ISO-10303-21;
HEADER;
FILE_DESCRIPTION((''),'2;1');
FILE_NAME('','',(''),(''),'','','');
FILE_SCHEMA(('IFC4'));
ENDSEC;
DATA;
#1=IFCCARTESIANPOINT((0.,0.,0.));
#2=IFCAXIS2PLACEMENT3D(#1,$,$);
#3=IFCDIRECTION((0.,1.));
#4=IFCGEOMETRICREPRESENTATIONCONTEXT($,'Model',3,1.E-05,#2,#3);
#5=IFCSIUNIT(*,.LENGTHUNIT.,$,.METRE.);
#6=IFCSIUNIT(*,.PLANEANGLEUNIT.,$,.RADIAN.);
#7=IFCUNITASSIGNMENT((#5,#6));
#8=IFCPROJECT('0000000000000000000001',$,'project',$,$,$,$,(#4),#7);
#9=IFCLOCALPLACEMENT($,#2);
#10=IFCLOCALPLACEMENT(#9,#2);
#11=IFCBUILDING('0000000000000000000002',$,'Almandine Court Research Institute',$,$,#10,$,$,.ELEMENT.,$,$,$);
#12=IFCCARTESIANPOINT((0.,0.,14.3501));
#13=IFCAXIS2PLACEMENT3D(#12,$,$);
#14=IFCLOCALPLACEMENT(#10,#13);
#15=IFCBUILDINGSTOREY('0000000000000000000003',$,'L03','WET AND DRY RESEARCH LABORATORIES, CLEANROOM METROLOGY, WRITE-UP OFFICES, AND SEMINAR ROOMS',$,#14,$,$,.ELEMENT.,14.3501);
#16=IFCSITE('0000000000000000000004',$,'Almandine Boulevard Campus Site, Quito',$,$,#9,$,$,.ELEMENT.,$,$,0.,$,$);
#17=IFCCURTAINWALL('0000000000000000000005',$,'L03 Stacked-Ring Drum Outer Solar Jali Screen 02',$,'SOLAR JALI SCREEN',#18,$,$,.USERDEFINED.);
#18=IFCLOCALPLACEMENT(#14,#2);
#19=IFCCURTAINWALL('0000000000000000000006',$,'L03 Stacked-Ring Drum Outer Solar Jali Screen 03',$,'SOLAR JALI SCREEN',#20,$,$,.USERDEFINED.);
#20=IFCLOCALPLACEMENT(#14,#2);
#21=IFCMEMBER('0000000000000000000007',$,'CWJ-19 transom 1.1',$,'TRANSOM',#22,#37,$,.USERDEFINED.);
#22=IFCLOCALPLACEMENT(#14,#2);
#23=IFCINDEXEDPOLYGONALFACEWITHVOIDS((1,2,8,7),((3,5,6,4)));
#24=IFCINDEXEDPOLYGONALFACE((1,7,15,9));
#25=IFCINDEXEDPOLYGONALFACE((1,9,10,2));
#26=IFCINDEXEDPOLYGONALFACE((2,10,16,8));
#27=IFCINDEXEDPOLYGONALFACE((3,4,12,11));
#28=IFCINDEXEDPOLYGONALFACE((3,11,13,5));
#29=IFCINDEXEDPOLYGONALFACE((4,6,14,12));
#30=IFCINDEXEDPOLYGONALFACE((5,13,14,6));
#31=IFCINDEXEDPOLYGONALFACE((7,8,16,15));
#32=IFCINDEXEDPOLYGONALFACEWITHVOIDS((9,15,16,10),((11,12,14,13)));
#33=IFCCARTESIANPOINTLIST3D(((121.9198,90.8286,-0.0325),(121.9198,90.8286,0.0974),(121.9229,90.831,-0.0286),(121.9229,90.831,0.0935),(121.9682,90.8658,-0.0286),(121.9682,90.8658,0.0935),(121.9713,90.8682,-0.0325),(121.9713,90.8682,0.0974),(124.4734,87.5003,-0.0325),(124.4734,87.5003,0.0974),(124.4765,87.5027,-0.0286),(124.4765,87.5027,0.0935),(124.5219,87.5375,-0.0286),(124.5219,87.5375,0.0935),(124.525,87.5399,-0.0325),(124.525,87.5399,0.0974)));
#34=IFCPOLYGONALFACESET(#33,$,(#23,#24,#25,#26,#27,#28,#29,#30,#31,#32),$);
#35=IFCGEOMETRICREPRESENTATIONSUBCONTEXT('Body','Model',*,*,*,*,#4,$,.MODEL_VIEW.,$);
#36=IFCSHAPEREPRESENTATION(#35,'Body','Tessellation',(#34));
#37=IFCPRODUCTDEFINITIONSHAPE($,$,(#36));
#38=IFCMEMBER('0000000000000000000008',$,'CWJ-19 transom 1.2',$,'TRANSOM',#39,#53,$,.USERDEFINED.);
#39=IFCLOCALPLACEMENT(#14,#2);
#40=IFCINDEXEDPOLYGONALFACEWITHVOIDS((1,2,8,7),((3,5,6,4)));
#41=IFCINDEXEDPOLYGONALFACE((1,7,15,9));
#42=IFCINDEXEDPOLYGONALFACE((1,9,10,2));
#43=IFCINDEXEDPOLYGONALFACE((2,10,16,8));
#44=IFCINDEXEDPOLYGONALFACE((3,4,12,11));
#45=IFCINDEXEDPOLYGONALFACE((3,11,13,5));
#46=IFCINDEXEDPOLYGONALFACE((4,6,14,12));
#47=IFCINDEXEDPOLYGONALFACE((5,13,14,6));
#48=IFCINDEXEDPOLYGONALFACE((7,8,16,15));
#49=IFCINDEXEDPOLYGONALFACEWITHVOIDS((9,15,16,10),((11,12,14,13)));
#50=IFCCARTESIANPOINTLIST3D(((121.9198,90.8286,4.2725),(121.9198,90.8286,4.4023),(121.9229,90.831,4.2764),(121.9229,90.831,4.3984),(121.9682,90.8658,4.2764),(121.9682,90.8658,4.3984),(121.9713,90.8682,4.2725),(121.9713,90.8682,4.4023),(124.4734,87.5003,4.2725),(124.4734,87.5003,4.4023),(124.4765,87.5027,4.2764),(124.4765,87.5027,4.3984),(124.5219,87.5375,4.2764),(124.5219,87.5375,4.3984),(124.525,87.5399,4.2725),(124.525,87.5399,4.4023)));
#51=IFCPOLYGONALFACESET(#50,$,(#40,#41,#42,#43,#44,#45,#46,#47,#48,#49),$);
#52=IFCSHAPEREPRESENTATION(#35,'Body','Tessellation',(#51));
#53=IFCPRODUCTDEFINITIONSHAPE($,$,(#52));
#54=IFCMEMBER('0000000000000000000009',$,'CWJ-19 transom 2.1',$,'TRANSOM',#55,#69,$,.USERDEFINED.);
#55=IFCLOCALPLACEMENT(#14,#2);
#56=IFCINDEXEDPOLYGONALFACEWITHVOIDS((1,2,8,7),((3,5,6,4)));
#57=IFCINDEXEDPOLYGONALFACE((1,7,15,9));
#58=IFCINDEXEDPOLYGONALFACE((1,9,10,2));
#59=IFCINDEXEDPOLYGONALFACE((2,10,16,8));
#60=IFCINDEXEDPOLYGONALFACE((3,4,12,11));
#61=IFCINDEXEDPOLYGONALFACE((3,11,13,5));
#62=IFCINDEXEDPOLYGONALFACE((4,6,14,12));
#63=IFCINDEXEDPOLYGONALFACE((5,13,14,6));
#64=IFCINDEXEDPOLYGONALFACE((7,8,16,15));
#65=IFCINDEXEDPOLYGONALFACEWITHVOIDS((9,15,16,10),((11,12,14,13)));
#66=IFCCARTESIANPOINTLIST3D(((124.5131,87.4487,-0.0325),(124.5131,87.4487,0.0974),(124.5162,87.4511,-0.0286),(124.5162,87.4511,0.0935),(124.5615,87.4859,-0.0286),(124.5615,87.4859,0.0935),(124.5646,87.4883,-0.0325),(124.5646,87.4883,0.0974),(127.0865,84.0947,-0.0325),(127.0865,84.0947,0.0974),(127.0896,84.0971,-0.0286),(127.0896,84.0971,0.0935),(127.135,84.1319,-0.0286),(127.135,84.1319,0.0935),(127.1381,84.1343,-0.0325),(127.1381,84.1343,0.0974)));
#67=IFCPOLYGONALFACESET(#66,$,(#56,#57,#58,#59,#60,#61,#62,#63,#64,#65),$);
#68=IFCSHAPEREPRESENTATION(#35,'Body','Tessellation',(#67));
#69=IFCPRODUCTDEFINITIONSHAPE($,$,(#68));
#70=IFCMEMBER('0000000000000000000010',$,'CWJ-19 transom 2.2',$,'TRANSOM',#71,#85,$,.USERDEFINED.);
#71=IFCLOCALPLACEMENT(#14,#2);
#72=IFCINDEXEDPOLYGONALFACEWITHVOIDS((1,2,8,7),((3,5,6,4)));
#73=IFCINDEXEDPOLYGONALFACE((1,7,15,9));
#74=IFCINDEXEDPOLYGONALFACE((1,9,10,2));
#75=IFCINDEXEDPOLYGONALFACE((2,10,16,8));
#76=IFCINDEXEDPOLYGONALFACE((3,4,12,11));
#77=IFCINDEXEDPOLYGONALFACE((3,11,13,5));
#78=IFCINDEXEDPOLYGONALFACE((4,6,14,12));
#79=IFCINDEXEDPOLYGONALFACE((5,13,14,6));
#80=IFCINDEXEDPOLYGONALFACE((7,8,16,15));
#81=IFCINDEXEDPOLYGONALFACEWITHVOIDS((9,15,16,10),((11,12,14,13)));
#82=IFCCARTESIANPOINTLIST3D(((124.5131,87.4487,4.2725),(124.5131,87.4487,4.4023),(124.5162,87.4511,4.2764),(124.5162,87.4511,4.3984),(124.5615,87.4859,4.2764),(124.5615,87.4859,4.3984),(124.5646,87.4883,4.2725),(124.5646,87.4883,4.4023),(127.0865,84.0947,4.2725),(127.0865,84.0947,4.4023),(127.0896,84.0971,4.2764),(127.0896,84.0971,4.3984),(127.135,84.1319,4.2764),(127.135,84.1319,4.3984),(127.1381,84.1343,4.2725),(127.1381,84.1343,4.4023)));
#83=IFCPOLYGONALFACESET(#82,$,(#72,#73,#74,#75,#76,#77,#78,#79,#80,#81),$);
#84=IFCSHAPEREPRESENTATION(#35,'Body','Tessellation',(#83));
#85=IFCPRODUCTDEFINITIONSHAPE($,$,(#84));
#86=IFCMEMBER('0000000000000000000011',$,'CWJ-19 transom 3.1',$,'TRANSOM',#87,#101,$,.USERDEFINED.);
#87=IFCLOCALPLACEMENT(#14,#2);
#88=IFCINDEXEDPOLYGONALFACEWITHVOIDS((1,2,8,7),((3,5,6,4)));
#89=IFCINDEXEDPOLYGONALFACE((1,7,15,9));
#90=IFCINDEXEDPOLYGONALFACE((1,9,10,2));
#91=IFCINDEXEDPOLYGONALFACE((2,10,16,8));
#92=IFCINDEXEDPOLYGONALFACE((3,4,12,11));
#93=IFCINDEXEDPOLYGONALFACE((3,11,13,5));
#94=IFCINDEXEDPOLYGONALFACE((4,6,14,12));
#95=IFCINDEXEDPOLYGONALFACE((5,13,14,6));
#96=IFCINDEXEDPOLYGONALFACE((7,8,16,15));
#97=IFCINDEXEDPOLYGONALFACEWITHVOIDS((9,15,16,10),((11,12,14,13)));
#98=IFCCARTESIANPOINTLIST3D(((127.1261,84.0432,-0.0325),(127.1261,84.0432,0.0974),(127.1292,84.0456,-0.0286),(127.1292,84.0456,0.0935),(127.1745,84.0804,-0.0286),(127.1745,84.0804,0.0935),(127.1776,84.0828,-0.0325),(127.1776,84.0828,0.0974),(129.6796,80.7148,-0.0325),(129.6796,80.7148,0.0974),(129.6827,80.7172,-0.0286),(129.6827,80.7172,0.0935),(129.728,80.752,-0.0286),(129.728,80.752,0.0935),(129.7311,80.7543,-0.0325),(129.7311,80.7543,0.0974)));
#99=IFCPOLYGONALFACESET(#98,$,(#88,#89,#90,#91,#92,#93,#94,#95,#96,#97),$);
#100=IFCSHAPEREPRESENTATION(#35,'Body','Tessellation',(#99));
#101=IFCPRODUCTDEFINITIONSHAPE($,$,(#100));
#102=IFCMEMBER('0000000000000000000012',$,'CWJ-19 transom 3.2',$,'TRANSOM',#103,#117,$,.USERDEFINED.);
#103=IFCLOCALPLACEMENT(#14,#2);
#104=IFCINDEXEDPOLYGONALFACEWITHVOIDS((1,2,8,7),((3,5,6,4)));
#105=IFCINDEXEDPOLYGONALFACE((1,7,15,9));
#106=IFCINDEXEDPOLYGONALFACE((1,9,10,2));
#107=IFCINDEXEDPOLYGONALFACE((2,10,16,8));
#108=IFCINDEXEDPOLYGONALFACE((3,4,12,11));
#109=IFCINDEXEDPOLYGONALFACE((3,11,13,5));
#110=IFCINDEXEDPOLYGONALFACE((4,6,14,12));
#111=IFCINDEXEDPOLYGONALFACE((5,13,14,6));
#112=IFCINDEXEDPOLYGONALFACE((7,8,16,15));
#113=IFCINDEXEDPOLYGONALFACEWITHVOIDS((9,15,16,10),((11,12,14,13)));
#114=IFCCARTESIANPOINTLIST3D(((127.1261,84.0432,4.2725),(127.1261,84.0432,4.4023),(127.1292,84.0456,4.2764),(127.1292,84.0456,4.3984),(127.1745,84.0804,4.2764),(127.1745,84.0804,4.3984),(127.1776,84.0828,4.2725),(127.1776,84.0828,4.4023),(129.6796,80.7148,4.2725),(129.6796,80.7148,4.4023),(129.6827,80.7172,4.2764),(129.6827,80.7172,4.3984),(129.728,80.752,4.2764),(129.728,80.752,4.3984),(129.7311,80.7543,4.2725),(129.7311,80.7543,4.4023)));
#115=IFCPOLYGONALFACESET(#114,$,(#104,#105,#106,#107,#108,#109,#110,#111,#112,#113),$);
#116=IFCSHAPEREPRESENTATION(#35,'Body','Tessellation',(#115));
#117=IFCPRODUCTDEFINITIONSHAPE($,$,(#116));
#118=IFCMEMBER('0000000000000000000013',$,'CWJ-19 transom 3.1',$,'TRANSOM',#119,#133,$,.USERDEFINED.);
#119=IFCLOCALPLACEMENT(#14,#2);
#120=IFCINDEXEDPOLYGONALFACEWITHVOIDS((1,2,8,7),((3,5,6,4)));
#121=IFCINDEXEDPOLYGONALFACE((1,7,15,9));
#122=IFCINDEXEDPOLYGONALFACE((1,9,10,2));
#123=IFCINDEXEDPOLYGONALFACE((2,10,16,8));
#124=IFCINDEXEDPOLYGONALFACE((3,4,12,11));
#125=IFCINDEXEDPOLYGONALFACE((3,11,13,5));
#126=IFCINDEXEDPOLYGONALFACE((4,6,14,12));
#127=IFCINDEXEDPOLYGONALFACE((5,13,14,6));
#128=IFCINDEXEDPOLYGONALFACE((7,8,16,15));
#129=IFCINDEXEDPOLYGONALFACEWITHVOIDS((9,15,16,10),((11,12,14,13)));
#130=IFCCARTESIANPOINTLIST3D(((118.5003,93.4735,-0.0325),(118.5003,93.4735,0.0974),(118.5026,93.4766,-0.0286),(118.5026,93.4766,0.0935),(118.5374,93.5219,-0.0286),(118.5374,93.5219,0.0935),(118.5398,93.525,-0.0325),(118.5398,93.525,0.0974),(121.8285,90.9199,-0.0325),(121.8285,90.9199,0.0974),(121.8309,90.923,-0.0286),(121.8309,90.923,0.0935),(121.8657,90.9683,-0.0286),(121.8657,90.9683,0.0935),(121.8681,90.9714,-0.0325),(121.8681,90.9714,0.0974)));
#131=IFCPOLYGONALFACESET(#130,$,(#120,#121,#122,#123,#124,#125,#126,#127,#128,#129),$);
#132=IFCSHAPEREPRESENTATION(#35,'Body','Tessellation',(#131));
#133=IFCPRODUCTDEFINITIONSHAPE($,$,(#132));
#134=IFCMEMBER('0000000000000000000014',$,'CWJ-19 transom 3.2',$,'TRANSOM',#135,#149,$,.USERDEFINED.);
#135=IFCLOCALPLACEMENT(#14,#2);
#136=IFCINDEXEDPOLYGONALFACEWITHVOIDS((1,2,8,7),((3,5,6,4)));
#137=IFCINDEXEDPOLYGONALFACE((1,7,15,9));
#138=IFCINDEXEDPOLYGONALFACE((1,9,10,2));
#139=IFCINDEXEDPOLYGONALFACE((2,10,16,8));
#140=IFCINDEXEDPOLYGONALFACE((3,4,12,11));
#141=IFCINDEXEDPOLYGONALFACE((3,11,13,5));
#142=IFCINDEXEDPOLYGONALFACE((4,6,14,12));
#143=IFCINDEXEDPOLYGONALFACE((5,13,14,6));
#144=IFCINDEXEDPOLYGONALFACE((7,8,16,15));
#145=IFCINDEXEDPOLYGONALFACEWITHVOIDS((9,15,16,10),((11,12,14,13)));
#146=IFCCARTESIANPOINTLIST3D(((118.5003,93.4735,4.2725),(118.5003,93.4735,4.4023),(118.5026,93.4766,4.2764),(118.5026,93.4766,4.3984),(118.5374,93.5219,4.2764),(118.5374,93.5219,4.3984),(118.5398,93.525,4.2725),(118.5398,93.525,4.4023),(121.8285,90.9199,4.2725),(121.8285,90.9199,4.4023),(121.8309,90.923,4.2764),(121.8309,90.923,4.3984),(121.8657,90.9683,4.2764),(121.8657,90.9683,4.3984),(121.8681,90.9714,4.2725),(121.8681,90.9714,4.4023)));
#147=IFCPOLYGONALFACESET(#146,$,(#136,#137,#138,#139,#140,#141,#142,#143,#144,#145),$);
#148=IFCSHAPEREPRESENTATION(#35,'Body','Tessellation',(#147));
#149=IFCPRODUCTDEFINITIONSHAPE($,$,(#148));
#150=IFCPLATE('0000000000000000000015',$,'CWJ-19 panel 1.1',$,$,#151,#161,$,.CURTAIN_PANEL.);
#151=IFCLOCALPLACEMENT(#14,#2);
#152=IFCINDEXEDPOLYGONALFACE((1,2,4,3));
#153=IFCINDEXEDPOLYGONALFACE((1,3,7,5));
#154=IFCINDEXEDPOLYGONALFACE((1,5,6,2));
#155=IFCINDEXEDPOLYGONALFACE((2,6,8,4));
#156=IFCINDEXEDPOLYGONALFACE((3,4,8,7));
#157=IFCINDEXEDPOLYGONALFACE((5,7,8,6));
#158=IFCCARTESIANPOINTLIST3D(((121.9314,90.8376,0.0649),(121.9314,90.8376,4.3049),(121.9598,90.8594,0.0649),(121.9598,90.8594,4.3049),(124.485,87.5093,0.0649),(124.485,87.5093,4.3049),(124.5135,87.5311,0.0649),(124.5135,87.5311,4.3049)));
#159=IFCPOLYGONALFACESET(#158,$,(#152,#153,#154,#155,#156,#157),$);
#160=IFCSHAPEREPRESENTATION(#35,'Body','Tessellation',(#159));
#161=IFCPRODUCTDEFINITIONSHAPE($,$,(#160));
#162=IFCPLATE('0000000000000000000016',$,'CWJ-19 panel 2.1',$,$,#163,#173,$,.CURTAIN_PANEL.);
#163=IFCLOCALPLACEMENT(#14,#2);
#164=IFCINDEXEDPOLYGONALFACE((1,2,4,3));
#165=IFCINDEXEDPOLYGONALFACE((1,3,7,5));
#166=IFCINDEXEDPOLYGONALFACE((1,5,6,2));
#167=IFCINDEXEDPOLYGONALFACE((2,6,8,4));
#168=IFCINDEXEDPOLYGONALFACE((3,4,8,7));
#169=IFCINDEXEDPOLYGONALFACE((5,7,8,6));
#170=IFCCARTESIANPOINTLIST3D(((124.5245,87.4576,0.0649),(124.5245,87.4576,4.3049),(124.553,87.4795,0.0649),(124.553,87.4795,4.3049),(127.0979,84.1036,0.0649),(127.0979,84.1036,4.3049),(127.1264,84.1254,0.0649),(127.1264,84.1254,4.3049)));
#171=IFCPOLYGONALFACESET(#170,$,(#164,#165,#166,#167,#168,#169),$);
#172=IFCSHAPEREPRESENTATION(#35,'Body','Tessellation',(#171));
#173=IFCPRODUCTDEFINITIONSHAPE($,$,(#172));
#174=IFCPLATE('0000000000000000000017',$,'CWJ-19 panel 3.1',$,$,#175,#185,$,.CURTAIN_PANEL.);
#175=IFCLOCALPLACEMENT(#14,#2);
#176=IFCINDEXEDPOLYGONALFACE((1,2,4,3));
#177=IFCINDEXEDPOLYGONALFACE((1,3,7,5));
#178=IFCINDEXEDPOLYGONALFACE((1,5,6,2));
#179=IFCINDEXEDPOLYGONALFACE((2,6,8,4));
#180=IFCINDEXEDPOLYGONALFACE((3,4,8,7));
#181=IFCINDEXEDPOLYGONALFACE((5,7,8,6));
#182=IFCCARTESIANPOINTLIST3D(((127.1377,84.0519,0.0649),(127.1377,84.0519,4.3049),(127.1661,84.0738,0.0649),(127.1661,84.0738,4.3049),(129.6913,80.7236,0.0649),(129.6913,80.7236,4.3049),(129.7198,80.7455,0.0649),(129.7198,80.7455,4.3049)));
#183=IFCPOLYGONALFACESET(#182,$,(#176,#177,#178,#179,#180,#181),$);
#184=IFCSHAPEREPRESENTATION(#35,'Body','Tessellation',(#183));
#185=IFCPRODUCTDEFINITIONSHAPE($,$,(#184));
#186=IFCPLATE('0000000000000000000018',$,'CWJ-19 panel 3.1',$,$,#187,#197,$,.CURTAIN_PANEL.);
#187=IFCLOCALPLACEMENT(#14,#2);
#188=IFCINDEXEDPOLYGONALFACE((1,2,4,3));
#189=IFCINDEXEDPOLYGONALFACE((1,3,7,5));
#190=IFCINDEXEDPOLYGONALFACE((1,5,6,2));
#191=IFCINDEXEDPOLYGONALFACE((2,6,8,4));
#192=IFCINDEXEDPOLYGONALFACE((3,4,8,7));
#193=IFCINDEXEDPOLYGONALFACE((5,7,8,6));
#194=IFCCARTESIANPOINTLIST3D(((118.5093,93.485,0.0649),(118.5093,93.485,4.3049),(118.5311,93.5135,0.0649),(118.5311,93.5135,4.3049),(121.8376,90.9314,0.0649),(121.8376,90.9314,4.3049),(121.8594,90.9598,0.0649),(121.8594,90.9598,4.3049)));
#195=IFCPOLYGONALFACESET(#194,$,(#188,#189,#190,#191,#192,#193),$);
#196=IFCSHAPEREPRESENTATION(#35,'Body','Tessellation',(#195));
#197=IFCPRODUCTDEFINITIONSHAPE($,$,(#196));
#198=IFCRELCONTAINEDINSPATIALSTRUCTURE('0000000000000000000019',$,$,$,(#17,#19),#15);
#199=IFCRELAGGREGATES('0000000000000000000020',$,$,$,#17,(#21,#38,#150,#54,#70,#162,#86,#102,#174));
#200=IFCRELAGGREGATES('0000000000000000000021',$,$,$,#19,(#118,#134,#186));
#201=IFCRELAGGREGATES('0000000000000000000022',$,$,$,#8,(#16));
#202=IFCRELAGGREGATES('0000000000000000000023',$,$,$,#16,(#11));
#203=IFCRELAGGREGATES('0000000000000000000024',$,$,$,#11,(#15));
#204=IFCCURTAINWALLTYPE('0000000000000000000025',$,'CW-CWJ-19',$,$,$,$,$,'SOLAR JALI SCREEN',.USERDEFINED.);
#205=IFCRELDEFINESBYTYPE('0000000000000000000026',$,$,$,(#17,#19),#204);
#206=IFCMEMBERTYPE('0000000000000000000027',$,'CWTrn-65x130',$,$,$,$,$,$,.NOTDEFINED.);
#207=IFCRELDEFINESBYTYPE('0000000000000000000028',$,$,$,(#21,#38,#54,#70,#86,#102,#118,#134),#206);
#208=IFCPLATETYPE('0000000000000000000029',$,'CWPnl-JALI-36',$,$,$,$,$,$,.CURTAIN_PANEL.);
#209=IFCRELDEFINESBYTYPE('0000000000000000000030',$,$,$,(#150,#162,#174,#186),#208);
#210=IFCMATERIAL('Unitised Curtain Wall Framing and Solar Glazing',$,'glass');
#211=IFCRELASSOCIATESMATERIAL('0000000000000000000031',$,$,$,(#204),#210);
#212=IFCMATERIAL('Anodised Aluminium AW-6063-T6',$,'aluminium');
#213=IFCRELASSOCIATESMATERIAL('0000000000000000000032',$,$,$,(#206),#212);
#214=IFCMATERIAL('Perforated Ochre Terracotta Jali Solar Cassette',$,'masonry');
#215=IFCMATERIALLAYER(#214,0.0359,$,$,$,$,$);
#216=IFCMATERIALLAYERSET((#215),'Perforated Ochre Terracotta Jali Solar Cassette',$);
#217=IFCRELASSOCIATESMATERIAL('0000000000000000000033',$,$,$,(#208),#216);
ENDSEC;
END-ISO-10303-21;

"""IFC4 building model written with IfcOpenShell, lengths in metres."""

from ifc_helpers import new_model, si_unit, direction, frame, origin, origin_2d, place, context, subcontext, project, spatial, rectangle, hollow_rectangle, extrude, material, layer, layer_set, material_profile, profile_set, type_object, element, aggregate, save


model = new_model("IFC4")

# Units and contexts
model_context = context("Model", 3, precision=1e-05, world=origin(), true_north=direction((0.0, 1.0)))
body_context = subcontext(model_context, "Body", "Model", "MODEL_VIEW")
ifc_project = project(units=[si_unit("LENGTHUNIT", "METRE"), si_unit("PLANEANGLEUNIT", "RADIAN")], contexts=[model_context])

# Site, building, storey
site_placement = place(None, origin())
site = spatial("IfcSite", under=ifc_project, at=site_placement, Name="Almandine Boulevard Campus Site, Quito", CompositionType="ELEMENT", RefElevation=0.0)
building_placement = place(site_placement, origin())
building = spatial("IfcBuilding", under=site, at=building_placement, Name="Almandine Court Research Institute", CompositionType="ELEMENT")
storey_placement = place(building_placement, frame((0.0, 0.0, 14.3501)))
storey = spatial("IfcBuildingStorey", under=building, at=storey_placement, Name="L03", Description="WET AND DRY RESEARCH LABORATORIES, CLEANROOM METROLOGY, WRITE-UP OFFICES, AND SEMINAR ROOMS", CompositionType="ELEMENT", Elevation=14.3501)

# Shared definitions
ifc_material_1 = material(Name="Unitised Curtain Wall Framing and Solar Glazing", Category="glass")
curtain_wall_type = type_object("IfcCurtainWallType", Name="CW-CWJ-19", ElementType="SOLAR JALI SCREEN", PredefinedType="USERDEFINED", material=ifc_material_1)
ifc_material_2 = material(Name="Anodised Aluminium AW-6063-T6", Category="aluminium")

# Curtain walls
curtain_wall_1_placement = place(storey_placement, origin())
curtain_wall_1 = element("IfcCurtainWall", 1, at=curtain_wall_1_placement, inside=storey, type_object=curtain_wall_type, Name="L03 Stacked-Ring Drum Outer Solar Jali Screen 02", ObjectType="SOLAR JALI SCREEN", PredefinedType="USERDEFINED")
curtain_wall_2_placement = place(storey_placement, origin())
curtain_wall_2 = element("IfcCurtainWall", 2, at=curtain_wall_2_placement, inside=storey, type_object=curtain_wall_type, Name="L03 Stacked-Ring Drum Outer Solar Jali Screen 03", ObjectType="SOLAR JALI SCREEN", PredefinedType="USERDEFINED")

# Members
ifc_material_profile_1 = material_profile(ifc_material_2, hollow_rectangle(XDim=0.0649, YDim=0.1299, WallThickness=0.0039, at=origin_2d()), Name="ALU RHS 65x130x4")
ifc_profile_set_1 = profile_set([ifc_material_profile_1], Name="Anodised Aluminium AW-6063-T6")
member_type_1 = type_object("IfcMemberType", Name="CWTrn-65x130", PredefinedType="NOTDEFINED", material=ifc_profile_set_1)
member_1_placement = place(storey_placement, frame((121.9456, 90.8484, 0.0325), z_axis=(0.608726, -0.793381, 0.0), x_axis=(0.793381, 0.608726, 0.0)))
member_1 = element("IfcMember", 3, at=member_1_placement, type_object=member_type_1, Name="CWJ-19 transom 1.1", ObjectType="TRANSOM", PredefinedType="USERDEFINED", context=body_context, shape_type="SweptSolid", body=[
    extrude(hollow_rectangle(XDim=0.0649, YDim=0.1299, WallThickness=0.0039, at=origin_2d()), origin(), (0.0, 0.0, 1.0), 4.1951),
])
member_2_placement = place(storey_placement, frame((121.9456, 90.8484, 4.3374), z_axis=(0.608726, -0.793381, 0.0), x_axis=(0.793381, 0.608726, 0.0)))
member_2 = element("IfcMember", 4, at=member_2_placement, type_object=member_type_1, Name="CWJ-19 transom 1.2", ObjectType="TRANSOM", PredefinedType="USERDEFINED", context=body_context, shape_type="SweptSolid", body=[
    extrude(hollow_rectangle(XDim=0.0649, YDim=0.1299, WallThickness=0.0039, at=origin_2d()), origin(), (0.0, 0.0, 1.0), 4.1951),
])
member_3_placement = place(storey_placement, frame((124.5388, 87.4685, 0.0325), z_axis=(0.608742, -0.793368, 0.0), x_axis=(0.793368, 0.608742, 0.0)))
member_3 = element("IfcMember", 5, at=member_3_placement, type_object=member_type_1, Name="CWJ-19 transom 2.1", ObjectType="TRANSOM", PredefinedType="USERDEFINED", context=body_context, shape_type="SweptSolid", body=[
    extrude(hollow_rectangle(XDim=0.0649, YDim=0.1299, WallThickness=0.0039, at=origin_2d()), origin(), (0.0, 0.0, 1.0), 4.2275),
])
member_4_placement = place(storey_placement, frame((124.5388, 87.4685, 4.3374), z_axis=(0.608742, -0.793368, 0.0), x_axis=(0.793368, 0.608742, 0.0)))
member_4 = element("IfcMember", 6, at=member_4_placement, type_object=member_type_1, Name="CWJ-19 transom 2.2", ObjectType="TRANSOM", PredefinedType="USERDEFINED", context=body_context, shape_type="SweptSolid", body=[
    extrude(hollow_rectangle(XDim=0.0649, YDim=0.1299, WallThickness=0.0039, at=origin_2d()), origin(), (0.0, 0.0, 1.0), 4.2275),
])
member_5_placement = place(storey_placement, frame((127.1519, 84.063, 0.0325), z_axis=(0.608689, -0.793409, 0.0), x_axis=(0.793409, 0.608689, 0.0)))
member_5 = element("IfcMember", 7, at=member_5_placement, type_object=member_type_1, Name="CWJ-19 transom 3.1", ObjectType="TRANSOM", PredefinedType="USERDEFINED", context=body_context, shape_type="SweptSolid", body=[
    extrude(hollow_rectangle(XDim=0.0649, YDim=0.1299, WallThickness=0.0039, at=origin_2d()), origin(), (0.0, 0.0, 1.0), 4.1951),
])
member_6_placement = place(storey_placement, frame((127.1519, 84.063, 4.3374), z_axis=(0.608689, -0.793409, 0.0), x_axis=(0.793409, 0.608689, 0.0)))
member_6 = element("IfcMember", 8, at=member_6_placement, type_object=member_type_1, Name="CWJ-19 transom 3.2", ObjectType="TRANSOM", PredefinedType="USERDEFINED", context=body_context, shape_type="SweptSolid", body=[
    extrude(hollow_rectangle(XDim=0.0649, YDim=0.1299, WallThickness=0.0039, at=origin_2d()), origin(), (0.0, 0.0, 1.0), 4.1951),
])
member_7_placement = place(storey_placement, frame((118.52, 93.4993, 0.0325), z_axis=(0.793381, -0.608726, 0.0), x_axis=(0.608726, 0.793381, 0.0)))
member_7 = element("IfcMember", 9, at=member_7_placement, type_object=member_type_1, Name="CWJ-19 transom 3.1", ObjectType="TRANSOM", PredefinedType="USERDEFINED", context=body_context, shape_type="SweptSolid", body=[
    extrude(hollow_rectangle(XDim=0.0649, YDim=0.1299, WallThickness=0.0039, at=origin_2d()), origin(), (0.0, 0.0, 1.0), 4.1951),
])
member_8_placement = place(storey_placement, frame((118.52, 93.4993, 4.3374), z_axis=(0.793381, -0.608726, 0.0), x_axis=(0.608726, 0.793381, 0.0)))
member_8 = element("IfcMember", 10, at=member_8_placement, type_object=member_type_1, Name="CWJ-19 transom 3.2", ObjectType="TRANSOM", PredefinedType="USERDEFINED", context=body_context, shape_type="SweptSolid", body=[
    extrude(hollow_rectangle(XDim=0.0649, YDim=0.1299, WallThickness=0.0039, at=origin_2d()), origin(), (0.0, 0.0, 1.0), 4.1951),
])

# Plates
ifc_material_3 = material(Name="Perforated Ochre Terracotta Jali Solar Cassette", Category="masonry")
ifc_layer_1 = layer(ifc_material_3, 0.0359)
ifc_layer_set_1 = layer_set([ifc_layer_1], Name="Perforated Ochre Terracotta Jali Solar Cassette")
plate_type = type_object("IfcPlateType", Name="CWPnl-JALI-36", PredefinedType="CURTAIN_PANEL", material=ifc_layer_set_1)
plate_1_placement = place(storey_placement, frame((123.2224, 89.1843, 0.0649), z_axis=(0.0, 0.0, 1.0), x_axis=(0.608723, -0.793383, 0.0)))
plate_1 = element("IfcPlate", 11, at=plate_1_placement, type_object=plate_type, Name="CWJ-19 panel 1.1", PredefinedType="CURTAIN_PANEL", context=body_context, shape_type="SweptSolid", body=[
    extrude(rectangle(XDim=4.1951, YDim=0.0359, at=origin_2d()), origin(), (0.0, 0.0, 1.0), 4.24),
])
plate_2_placement = place(storey_placement, frame((125.8254, 85.7915, 0.0649), z_axis=(0.0, 0.0, 1.0), x_axis=(0.608723, -0.793383, 0.0)))
plate_2 = element("IfcPlate", 12, at=plate_2_placement, type_object=plate_type, Name="CWJ-19 panel 2.1", PredefinedType="CURTAIN_PANEL", context=body_context, shape_type="SweptSolid", body=[
    extrude(rectangle(XDim=4.2275, YDim=0.0359, at=origin_2d()), origin(), (0.0, 0.0, 1.0), 4.24),
])
plate_3_placement = place(storey_placement, frame((128.4287, 82.3987, 0.0649), z_axis=(0.0, 0.0, 1.0), x_axis=(0.608723, -0.793383, 0.0)))
plate_3 = element("IfcPlate", 13, at=plate_3_placement, type_object=plate_type, Name="CWJ-19 panel 3.1", PredefinedType="CURTAIN_PANEL", context=body_context, shape_type="SweptSolid", body=[
    extrude(rectangle(XDim=4.1951, YDim=0.0359, at=origin_2d()), origin(), (0.0, 0.0, 1.0), 4.24),
])
aggregate(curtain_wall_1, [member_1, member_2, plate_1, member_3, member_4, plate_2, member_5, member_6, plate_3])
plate_4_placement = place(storey_placement, frame((120.1843, 92.2224, 0.0649), z_axis=(0.0, 0.0, 1.0), x_axis=(0.793383, -0.608723, 0.0)))
plate_4 = element("IfcPlate", 14, at=plate_4_placement, type_object=plate_type, Name="CWJ-19 panel 3.1", PredefinedType="CURTAIN_PANEL", context=body_context, shape_type="SweptSolid", body=[
    extrude(rectangle(XDim=4.1951, YDim=0.0359, at=origin_2d()), origin(), (0.0, 0.0, 1.0), 4.24),
])
aggregate(curtain_wall_2, [member_7, member_8, plate_4])

save(model, "model.ifc")
